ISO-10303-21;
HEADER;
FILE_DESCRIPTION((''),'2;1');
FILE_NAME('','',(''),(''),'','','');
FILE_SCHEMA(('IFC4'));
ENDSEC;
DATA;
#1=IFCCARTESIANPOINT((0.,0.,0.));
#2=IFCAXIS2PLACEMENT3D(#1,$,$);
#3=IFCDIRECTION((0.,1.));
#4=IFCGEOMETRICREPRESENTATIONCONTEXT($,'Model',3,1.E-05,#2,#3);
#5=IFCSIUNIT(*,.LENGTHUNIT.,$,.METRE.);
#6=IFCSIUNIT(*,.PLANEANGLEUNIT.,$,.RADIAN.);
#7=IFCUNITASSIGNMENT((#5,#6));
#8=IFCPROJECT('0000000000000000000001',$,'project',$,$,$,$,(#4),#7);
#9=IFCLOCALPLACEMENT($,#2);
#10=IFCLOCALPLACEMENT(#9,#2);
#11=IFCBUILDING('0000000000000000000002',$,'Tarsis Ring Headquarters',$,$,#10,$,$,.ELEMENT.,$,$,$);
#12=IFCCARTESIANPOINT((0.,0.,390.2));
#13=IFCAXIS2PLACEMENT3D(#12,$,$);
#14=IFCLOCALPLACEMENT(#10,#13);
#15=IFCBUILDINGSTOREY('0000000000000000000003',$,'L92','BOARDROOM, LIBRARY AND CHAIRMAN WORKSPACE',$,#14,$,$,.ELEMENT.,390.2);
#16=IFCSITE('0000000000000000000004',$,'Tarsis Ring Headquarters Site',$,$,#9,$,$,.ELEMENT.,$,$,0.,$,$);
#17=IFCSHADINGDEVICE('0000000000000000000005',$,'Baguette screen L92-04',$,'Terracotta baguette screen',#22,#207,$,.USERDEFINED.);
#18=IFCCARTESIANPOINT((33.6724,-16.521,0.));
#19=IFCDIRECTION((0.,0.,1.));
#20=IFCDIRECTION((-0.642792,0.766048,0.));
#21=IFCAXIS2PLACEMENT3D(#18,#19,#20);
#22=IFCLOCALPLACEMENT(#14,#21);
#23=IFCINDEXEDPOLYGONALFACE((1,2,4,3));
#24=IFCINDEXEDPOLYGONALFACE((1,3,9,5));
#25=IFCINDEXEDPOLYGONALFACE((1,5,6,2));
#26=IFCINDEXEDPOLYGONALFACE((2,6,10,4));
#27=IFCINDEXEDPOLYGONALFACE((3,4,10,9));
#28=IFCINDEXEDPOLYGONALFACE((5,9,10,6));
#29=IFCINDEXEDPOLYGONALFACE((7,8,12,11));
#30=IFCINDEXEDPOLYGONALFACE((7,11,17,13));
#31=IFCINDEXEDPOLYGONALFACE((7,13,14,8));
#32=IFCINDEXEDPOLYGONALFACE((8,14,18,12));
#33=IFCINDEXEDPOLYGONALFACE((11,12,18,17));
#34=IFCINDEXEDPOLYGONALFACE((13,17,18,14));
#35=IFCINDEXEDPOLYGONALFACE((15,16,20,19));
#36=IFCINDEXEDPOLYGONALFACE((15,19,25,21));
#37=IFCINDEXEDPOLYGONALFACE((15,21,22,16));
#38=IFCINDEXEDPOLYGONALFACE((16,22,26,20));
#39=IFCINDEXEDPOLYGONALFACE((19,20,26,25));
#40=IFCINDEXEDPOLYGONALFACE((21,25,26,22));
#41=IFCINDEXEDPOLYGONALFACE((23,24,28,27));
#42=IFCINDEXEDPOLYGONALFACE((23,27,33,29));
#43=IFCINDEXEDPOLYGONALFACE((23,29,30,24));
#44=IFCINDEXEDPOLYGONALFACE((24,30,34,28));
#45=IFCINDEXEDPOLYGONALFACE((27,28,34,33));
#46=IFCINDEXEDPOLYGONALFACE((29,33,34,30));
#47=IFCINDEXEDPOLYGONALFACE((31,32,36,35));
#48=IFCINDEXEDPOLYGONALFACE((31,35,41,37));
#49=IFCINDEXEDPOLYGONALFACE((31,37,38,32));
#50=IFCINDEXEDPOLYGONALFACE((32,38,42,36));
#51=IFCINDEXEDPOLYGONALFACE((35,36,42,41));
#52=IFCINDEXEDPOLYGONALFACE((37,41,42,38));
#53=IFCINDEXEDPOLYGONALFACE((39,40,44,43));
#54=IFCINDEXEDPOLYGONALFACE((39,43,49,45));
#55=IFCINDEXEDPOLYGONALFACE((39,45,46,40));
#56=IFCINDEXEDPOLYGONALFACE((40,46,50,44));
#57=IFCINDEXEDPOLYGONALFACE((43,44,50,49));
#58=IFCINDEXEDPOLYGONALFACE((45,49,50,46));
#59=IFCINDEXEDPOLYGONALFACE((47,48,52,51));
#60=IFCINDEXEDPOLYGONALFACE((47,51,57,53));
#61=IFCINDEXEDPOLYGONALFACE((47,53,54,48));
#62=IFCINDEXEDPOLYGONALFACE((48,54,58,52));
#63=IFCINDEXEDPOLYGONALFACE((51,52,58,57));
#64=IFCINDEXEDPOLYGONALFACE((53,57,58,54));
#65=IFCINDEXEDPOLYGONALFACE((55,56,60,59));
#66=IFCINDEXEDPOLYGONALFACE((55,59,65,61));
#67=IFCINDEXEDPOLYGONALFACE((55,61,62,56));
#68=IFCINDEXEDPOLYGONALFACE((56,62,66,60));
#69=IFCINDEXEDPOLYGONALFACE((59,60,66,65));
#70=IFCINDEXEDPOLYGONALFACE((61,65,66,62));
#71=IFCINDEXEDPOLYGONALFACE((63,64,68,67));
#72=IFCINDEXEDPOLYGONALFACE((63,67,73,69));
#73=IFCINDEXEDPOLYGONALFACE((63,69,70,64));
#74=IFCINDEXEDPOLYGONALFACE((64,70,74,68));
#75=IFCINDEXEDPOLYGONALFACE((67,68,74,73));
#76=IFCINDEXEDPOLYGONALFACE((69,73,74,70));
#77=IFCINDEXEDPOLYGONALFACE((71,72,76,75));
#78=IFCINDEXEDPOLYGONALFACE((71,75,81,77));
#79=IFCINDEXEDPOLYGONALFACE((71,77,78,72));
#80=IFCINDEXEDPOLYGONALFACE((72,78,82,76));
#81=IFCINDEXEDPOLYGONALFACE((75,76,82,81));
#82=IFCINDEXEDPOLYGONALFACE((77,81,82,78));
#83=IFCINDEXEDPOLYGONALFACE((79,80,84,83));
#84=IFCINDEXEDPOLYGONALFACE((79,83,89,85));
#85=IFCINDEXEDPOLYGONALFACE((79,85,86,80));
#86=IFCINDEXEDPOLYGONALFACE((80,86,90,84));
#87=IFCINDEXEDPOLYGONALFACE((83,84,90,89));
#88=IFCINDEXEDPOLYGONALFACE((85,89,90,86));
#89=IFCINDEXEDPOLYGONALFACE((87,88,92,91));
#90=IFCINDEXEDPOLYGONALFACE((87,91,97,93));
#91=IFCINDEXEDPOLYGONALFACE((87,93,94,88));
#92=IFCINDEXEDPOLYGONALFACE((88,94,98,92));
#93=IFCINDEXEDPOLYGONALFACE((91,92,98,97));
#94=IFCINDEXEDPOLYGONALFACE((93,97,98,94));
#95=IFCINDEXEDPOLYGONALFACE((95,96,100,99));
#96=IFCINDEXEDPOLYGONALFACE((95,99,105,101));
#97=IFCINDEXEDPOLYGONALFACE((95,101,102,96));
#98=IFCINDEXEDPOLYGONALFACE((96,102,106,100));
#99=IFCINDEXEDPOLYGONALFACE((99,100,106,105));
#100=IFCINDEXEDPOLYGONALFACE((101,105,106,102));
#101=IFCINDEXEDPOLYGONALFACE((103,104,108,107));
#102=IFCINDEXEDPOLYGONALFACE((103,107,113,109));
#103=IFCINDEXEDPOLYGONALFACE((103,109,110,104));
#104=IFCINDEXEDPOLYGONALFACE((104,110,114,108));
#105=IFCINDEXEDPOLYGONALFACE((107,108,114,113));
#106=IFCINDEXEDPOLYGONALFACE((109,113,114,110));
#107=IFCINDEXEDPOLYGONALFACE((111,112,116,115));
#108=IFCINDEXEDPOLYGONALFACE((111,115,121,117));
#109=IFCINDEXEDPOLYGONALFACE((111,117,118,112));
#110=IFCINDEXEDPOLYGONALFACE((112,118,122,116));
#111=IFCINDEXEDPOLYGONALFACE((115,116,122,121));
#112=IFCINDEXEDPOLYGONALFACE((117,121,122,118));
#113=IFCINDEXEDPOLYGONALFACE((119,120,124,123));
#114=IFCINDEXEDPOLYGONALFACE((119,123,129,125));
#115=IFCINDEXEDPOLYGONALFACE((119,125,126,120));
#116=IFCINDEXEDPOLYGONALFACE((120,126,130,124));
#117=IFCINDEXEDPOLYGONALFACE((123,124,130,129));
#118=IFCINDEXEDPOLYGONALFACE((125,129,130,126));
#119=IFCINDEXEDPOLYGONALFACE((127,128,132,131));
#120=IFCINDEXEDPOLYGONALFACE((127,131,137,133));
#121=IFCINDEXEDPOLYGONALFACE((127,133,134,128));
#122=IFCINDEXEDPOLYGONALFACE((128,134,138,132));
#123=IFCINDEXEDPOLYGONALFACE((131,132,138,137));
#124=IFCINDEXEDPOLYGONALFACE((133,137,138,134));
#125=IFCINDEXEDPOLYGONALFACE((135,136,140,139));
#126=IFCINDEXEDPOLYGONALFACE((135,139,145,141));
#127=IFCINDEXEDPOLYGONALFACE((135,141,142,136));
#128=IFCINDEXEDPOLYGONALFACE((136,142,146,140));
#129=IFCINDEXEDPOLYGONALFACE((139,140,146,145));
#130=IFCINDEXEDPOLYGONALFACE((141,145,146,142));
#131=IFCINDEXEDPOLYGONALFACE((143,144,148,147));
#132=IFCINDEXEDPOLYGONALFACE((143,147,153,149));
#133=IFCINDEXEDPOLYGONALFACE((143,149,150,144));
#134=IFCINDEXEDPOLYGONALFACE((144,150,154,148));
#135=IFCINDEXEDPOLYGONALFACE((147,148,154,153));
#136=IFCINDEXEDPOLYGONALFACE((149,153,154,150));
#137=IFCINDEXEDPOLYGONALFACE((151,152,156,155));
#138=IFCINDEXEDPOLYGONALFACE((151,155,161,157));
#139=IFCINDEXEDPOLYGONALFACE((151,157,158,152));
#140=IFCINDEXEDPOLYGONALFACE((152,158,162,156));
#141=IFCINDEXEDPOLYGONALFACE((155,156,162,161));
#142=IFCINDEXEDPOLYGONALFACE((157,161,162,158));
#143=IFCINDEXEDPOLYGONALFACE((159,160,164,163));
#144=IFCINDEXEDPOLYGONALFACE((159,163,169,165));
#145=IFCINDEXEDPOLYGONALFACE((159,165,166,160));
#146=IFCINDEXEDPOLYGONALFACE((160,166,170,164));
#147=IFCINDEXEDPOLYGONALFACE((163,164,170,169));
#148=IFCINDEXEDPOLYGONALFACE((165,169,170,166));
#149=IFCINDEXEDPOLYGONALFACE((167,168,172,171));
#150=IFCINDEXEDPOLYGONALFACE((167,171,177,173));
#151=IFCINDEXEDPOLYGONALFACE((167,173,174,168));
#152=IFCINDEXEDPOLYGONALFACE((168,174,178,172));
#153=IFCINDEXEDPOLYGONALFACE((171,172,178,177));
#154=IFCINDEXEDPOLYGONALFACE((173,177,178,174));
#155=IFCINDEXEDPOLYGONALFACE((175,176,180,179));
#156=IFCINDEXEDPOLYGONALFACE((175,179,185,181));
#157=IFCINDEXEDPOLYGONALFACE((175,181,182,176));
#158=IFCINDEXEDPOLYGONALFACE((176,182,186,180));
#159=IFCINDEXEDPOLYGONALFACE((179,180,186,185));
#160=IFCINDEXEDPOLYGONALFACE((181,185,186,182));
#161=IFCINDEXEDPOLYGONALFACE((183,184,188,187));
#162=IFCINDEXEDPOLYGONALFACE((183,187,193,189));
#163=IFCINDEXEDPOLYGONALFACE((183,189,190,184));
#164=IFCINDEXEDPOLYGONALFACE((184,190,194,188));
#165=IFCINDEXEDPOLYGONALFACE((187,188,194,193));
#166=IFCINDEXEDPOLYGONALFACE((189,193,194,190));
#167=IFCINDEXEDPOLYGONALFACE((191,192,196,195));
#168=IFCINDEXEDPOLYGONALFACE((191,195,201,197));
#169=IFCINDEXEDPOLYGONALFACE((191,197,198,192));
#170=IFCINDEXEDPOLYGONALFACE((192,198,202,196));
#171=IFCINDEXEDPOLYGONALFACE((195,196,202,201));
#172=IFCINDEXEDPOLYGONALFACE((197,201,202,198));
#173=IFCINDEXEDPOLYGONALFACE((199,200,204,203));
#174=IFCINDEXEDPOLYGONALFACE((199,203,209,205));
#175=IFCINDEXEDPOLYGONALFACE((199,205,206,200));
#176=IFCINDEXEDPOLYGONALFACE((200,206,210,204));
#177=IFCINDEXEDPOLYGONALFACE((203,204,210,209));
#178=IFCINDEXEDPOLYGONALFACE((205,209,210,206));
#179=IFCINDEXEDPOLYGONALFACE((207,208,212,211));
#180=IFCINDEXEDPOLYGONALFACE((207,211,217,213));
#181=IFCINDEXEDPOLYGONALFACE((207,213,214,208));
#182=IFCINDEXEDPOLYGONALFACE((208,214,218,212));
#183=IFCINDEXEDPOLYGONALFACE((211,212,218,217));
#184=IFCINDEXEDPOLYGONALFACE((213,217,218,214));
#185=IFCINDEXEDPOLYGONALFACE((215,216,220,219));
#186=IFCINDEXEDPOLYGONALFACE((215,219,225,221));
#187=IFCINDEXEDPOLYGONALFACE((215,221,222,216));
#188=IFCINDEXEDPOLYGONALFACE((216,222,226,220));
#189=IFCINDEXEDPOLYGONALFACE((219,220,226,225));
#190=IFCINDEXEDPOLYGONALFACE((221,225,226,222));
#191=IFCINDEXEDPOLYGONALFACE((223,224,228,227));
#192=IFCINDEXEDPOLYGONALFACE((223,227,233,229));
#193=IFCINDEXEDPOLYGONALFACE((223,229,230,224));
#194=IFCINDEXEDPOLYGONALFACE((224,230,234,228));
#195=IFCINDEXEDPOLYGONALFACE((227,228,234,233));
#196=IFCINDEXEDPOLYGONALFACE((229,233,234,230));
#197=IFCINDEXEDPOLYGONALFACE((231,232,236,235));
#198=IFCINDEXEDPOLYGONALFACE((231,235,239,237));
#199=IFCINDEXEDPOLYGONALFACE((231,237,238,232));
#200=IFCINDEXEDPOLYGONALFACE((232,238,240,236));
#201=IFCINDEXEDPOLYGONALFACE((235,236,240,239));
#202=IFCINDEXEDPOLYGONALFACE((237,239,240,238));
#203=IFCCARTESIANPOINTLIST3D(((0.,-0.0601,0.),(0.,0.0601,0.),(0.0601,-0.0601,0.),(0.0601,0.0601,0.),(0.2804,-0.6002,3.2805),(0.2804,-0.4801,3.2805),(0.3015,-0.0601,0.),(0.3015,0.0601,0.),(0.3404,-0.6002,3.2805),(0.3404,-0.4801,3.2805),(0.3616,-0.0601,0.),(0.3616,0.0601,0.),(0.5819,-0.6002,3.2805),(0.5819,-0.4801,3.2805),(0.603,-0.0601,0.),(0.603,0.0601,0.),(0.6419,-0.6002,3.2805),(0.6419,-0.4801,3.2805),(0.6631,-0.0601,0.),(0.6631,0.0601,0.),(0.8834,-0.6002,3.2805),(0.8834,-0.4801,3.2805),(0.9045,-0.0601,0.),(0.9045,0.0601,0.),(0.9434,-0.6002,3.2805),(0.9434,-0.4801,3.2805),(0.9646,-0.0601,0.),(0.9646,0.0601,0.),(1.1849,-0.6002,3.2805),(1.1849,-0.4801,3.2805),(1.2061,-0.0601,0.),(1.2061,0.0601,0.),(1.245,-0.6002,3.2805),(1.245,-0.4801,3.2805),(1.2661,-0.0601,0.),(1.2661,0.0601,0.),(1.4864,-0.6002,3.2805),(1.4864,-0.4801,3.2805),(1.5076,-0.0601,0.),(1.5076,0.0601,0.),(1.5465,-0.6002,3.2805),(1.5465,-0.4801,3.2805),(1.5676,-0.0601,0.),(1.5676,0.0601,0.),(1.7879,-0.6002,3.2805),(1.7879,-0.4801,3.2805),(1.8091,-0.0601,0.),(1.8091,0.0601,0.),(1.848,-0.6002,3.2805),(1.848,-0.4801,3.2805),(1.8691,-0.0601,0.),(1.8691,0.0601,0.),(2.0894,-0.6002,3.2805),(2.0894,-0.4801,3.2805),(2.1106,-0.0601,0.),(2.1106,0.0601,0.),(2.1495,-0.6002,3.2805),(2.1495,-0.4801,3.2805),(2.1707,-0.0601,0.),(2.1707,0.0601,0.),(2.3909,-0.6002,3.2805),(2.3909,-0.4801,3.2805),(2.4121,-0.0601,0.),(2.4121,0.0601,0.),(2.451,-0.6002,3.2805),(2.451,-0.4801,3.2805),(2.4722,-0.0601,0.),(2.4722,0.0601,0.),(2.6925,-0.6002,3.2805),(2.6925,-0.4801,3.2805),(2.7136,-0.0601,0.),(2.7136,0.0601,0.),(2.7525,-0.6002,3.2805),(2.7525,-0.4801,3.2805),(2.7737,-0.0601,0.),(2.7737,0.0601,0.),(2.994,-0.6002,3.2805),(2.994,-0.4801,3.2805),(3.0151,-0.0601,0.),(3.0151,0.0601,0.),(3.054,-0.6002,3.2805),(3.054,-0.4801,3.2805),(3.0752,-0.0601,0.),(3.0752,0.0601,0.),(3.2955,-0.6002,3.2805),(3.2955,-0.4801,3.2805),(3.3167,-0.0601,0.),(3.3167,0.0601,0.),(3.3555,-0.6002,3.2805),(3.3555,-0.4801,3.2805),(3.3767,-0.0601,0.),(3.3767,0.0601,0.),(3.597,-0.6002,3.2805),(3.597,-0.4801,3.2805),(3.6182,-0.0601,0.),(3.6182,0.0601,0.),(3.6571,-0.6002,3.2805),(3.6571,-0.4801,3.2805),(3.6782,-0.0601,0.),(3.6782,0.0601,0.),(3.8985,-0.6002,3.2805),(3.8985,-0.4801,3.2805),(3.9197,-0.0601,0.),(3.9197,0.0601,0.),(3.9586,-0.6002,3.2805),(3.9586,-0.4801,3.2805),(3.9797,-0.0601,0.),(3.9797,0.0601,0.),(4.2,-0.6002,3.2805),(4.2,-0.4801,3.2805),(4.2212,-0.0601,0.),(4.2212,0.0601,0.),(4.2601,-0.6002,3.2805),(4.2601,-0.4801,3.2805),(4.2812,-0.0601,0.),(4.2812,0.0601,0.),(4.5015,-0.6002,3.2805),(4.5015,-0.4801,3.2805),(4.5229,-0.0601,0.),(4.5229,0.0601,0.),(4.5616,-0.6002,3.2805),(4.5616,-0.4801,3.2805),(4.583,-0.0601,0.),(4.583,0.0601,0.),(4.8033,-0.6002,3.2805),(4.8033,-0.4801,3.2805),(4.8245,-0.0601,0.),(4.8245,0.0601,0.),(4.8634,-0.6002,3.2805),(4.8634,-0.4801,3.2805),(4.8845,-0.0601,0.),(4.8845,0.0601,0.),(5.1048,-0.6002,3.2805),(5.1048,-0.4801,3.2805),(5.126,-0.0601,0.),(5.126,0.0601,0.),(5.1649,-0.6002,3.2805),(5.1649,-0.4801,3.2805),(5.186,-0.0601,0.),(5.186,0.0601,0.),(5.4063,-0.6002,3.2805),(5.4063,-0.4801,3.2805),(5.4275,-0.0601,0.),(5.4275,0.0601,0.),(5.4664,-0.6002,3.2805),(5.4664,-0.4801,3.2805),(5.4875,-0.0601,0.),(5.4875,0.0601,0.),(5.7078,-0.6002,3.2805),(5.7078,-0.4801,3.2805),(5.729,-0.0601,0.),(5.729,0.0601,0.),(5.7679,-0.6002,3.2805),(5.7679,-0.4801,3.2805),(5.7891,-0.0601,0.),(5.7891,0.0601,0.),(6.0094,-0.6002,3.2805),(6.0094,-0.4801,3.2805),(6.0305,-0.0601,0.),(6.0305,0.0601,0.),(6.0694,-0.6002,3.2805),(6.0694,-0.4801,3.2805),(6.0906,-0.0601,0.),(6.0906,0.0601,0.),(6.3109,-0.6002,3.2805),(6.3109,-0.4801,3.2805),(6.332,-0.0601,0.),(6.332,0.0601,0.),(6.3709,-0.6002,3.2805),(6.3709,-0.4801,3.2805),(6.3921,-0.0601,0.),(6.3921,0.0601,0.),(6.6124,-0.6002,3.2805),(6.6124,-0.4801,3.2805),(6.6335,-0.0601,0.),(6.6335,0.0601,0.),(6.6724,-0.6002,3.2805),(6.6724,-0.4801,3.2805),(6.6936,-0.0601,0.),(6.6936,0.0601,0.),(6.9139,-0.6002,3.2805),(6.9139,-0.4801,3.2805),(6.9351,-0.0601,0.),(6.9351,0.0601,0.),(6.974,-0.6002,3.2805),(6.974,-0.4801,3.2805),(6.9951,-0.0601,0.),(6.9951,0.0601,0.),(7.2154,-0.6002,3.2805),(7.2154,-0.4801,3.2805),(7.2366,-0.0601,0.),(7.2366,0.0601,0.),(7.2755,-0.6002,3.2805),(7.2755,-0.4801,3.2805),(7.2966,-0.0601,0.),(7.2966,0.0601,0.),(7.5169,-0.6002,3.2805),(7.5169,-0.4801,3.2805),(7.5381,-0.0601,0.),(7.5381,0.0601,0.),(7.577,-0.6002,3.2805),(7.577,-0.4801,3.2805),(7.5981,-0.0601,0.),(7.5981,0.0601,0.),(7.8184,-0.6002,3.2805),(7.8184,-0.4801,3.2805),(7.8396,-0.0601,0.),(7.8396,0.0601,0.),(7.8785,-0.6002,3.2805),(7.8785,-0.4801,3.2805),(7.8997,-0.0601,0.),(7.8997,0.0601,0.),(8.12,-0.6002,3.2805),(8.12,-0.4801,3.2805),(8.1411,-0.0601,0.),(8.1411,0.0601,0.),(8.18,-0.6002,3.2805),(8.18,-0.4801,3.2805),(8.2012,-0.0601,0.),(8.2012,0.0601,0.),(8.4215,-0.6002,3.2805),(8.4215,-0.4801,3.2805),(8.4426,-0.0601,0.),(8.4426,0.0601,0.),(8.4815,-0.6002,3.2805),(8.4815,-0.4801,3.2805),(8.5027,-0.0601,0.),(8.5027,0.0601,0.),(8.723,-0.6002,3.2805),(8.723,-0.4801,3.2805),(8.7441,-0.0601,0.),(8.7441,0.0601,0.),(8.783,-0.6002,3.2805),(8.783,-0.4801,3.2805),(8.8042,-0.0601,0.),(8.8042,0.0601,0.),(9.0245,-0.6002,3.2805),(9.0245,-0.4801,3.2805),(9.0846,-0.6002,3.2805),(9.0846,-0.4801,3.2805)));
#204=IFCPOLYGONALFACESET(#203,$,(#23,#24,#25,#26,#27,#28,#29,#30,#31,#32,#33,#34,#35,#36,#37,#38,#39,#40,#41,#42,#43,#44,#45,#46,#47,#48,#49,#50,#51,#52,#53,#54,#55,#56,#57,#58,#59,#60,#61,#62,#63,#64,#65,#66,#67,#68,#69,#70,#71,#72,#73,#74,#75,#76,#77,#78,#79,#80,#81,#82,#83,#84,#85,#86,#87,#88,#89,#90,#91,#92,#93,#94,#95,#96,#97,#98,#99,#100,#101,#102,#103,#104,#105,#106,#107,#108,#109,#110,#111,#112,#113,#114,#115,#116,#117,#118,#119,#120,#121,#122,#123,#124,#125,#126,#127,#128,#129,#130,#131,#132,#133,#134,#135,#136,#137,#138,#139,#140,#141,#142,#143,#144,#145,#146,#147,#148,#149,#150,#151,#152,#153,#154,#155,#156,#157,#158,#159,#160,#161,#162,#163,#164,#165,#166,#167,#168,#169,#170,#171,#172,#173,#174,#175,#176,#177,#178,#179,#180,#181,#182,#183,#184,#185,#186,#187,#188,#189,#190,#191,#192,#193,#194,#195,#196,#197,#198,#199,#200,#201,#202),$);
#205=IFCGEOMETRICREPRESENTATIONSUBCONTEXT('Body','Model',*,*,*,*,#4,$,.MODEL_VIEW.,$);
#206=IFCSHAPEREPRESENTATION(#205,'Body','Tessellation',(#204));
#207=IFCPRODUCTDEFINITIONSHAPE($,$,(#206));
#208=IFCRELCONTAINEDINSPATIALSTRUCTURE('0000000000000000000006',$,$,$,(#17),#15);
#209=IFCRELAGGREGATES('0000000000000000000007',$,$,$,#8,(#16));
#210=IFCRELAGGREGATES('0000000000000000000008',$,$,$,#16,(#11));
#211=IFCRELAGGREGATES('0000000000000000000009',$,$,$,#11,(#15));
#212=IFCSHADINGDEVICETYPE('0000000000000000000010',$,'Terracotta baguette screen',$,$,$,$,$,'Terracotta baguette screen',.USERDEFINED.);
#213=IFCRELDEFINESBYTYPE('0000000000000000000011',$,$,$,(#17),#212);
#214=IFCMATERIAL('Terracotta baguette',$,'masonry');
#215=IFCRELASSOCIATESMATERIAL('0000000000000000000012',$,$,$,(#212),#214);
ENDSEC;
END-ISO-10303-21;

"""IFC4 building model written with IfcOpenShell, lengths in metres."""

from ifc_helpers import new_model, si_unit, direction, frame, frame_2d, origin, place, context, subcontext, project, spatial, rectangle, composite_profile, extrude, material, type_object, element, save


model = new_model("IFC4")

# Units and contexts
model_context = context("Model", 3, precision=1e-05, world=origin(), true_north=direction((0.0, 1.0)))
body_context = subcontext(model_context, "Body", "Model", "MODEL_VIEW")
ifc_project = project(units=[si_unit("LENGTHUNIT", "METRE"), si_unit("PLANEANGLEUNIT", "RADIAN")], contexts=[model_context])

# Site, building, storey
site_placement = place(None, origin())
site = spatial("IfcSite", under=ifc_project, at=site_placement, Name="Tarsis Ring Headquarters Site", CompositionType="ELEMENT", RefElevation=0.0)
building_placement = place(site_placement, origin())
building = spatial("IfcBuilding", under=site, at=building_placement, Name="Tarsis Ring Headquarters", CompositionType="ELEMENT")
storey_placement = place(building_placement, frame((0.0, 0.0, 390.2)))
storey = spatial("IfcBuildingStorey", under=building, at=storey_placement, Name="L92", Description="BOARDROOM, LIBRARY AND CHAIRMAN WORKSPACE", CompositionType="ELEMENT", Elevation=390.2)

# Shading device
ifc_material_1 = material(Name="Terracotta baguette", Category="masonry")
shading_device_type_1 = type_object("IfcShadingDeviceType", Name="Terracotta baguette screen", ElementType="Terracotta baguette screen", PredefinedType="USERDEFINED", material=ifc_material_1)
shading_device_1_placement = place(storey_placement, frame((33.6724, -16.521, 0.0), z_axis=(0.0, 0.0, 1.0), x_axis=(-0.642792, 0.766048, 0.0)))
element("IfcShadingDevice", 1, at=shading_device_1_placement, inside=storey, type_object=shading_device_type_1, Name="Baguette screen L92-04", ObjectType="Terracotta baguette screen", PredefinedType="USERDEFINED", context=body_context, shape_type="SweptSolid", body=[
    extrude(composite_profile([rectangle(XDim=0.0601, YDim=0.1201, at=frame_2d((0.03, 0.0))), rectangle(XDim=0.0601, YDim=0.1201, at=frame_2d((0.3315, 0.0))), rectangle(XDim=0.0601, YDim=0.1201, at=frame_2d((0.6331, 0.0))), rectangle(XDim=0.0601, YDim=0.1201, at=frame_2d((0.9346, 0.0))), rectangle(XDim=0.0601, YDim=0.1201, at=frame_2d((1.2361, 0.0))), rectangle(XDim=0.0601, YDim=0.1201, at=frame_2d((1.5376, 0.0))), rectangle(XDim=0.0601, YDim=0.1201, at=frame_2d((1.8391, 0.0))), rectangle(XDim=0.0601, YDim=0.1201, at=frame_2d((2.1406, 0.0))), rectangle(XDim=0.0601, YDim=0.1201, at=frame_2d((2.4421, 0.0))), rectangle(XDim=0.0601, YDim=0.1201, at=frame_2d((2.7437, 0.0))), rectangle(XDim=0.0601, YDim=0.1201, at=frame_2d((3.0452, 0.0))), rectangle(XDim=0.0601, YDim=0.1201, at=frame_2d((3.3467, 0.0))), rectangle(XDim=0.0601, YDim=0.1201, at=frame_2d((3.6482, 0.0))), rectangle(XDim=0.0601, YDim=0.1201, at=frame_2d((3.9497, 0.0))), rectangle(XDim=0.0601, YDim=0.1201, at=frame_2d((4.2512, 0.0))), rectangle(XDim=0.0601, YDim=0.1201, at=frame_2d((4.553, 0.0))), rectangle(XDim=0.0601, YDim=0.1201, at=frame_2d((4.8545, 0.0))), rectangle(XDim=0.0601, YDim=0.1201, at=frame_2d((5.156, 0.0))), rectangle(XDim=0.0601, YDim=0.1201, at=frame_2d((5.4575, 0.0))), rectangle(XDim=0.0601, YDim=0.1201, at=frame_2d((5.759, 0.0))), rectangle(XDim=0.0601, YDim=0.1201, at=frame_2d((6.0605, 0.0))), rectangle(XDim=0.0601, YDim=0.1201, at=frame_2d((6.3621, 0.0))), rectangle(XDim=0.0601, YDim=0.1201, at=frame_2d((6.6636, 0.0))), rectangle(XDim=0.0601, YDim=0.1201, at=frame_2d((6.9651, 0.0))), rectangle(XDim=0.0601, YDim=0.1201, at=frame_2d((7.2666, 0.0))), rectangle(XDim=0.0601, YDim=0.1201, at=frame_2d((7.5681, 0.0))), rectangle(XDim=0.0601, YDim=0.1201, at=frame_2d((7.8696, 0.0))), rectangle(XDim=0.0601, YDim=0.1201, at=frame_2d((8.1711, 0.0))), rectangle(XDim=0.0601, YDim=0.1201, at=frame_2d((8.4727, 0.0))), rectangle(XDim=0.0601, YDim=0.1201, at=frame_2d((8.7742, 0.0)))]), origin(), (0.084028, -0.161895, 0.983224), 3.3364),
])

save(model, "model.ifc")
